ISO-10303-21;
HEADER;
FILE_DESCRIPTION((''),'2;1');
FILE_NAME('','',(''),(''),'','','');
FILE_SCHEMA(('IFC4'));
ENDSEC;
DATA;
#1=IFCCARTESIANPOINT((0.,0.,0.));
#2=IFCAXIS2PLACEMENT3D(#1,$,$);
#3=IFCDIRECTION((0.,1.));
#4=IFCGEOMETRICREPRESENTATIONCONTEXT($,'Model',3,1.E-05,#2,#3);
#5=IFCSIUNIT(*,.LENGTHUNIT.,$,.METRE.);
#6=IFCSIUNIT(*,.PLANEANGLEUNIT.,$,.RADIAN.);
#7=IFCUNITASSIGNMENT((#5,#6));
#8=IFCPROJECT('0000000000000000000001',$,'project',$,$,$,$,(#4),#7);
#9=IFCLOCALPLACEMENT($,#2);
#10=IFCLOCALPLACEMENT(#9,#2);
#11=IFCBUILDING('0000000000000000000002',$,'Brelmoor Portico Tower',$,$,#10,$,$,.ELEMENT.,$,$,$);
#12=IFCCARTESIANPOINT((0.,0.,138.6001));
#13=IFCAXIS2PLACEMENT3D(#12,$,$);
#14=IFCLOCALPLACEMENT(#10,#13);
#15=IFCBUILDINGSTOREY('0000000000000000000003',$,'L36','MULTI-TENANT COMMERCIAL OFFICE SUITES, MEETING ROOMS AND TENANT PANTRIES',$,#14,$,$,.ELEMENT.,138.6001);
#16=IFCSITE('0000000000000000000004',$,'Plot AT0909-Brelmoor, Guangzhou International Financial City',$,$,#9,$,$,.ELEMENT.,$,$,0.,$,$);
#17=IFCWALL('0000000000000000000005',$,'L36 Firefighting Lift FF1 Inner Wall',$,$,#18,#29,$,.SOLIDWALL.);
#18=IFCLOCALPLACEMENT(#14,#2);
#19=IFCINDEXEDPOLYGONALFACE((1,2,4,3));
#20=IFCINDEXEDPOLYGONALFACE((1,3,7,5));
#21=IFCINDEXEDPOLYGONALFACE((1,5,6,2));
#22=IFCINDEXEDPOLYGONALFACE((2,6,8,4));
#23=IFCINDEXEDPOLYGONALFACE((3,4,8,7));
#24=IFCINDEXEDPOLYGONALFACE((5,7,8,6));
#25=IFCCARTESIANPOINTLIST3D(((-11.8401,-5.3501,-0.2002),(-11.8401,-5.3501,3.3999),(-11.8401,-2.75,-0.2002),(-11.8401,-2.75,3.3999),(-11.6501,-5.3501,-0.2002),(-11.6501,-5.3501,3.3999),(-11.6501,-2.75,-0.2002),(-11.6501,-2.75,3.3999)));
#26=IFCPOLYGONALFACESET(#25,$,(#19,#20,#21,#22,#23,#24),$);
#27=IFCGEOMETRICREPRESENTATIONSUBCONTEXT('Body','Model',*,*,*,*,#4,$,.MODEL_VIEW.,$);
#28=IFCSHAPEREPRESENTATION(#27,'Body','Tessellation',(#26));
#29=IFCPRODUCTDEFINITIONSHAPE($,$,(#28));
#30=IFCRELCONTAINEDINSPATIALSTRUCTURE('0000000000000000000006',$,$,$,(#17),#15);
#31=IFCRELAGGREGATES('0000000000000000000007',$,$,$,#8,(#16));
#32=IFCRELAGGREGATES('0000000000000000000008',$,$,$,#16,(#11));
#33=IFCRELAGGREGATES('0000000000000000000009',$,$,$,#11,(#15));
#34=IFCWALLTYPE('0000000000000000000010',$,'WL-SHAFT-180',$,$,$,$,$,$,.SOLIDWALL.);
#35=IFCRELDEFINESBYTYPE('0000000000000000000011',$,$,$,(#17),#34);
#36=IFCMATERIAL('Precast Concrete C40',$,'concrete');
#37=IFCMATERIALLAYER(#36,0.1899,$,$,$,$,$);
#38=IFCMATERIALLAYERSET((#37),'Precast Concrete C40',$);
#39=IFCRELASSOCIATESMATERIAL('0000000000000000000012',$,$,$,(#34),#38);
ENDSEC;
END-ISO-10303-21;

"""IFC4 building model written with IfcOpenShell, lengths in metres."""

from ifc_helpers import new_model, si_unit, direction, frame, frame_2d, origin, place, context, subcontext, project, spatial, rectangle, extrude, material, layer, layer_set, type_object, element, save


model = new_model("IFC4")

# Units and contexts
model_context = context("Model", 3, precision=1e-05, world=origin(), true_north=direction((0.0, 1.0)))
body_context = subcontext(model_context, "Body", "Model", "MODEL_VIEW")
ifc_project = project(units=[si_unit("LENGTHUNIT", "METRE"), si_unit("PLANEANGLEUNIT", "RADIAN")], contexts=[model_context])

# Site, building, storey
site_placement = place(None, origin())
site = spatial("IfcSite", under=ifc_project, at=site_placement, Name="Plot AT0909-Brelmoor, Guangzhou International Financial City", CompositionType="ELEMENT", RefElevation=0.0)
building_placement = place(site_placement, origin())
building = spatial("IfcBuilding", under=site, at=building_placement, Name="Brelmoor Portico Tower", CompositionType="ELEMENT")
storey_placement = place(building_placement, frame((0.0, 0.0, 138.6001)))
storey = spatial("IfcBuildingStorey", under=building, at=storey_placement, Name="L36", Description="MULTI-TENANT COMMERCIAL OFFICE SUITES, MEETING ROOMS AND TENANT PANTRIES", CompositionType="ELEMENT", Elevation=138.6001)

# Shared definitions
ifc_material_1 = material(Name="Precast Concrete C40", Category="concrete")
ifc_layer_1 = layer(ifc_material_1, 0.1899)
ifc_layer_set_1 = layer_set([ifc_layer_1], Name="Precast Concrete C40")
wall_type_1 = type_object("IfcWallType", Name="WL-SHAFT-180", PredefinedType="SOLIDWALL", material=ifc_layer_set_1)

# Wall
wall_1_placement = place(storey_placement, frame((-11.7451, -5.3501, -0.2002), z_axis=(0.0, 0.0, 1.0), x_axis=(0.0, 1.0, 0.0)))
element("IfcWall", 1, at=wall_1_placement, inside=storey, type_object=wall_type_1, Name="L36 Firefighting Lift FF1 Inner Wall", PredefinedType="SOLIDWALL", context=body_context, shape_type="SweptSolid", body=[
    extrude(rectangle(XDim=2.6001, YDim=0.1899, at=frame_2d((1.3, 0.0))), origin(), (0.0, 0.0, 1.0), 3.6001),
])

save(model, "model.ifc")
